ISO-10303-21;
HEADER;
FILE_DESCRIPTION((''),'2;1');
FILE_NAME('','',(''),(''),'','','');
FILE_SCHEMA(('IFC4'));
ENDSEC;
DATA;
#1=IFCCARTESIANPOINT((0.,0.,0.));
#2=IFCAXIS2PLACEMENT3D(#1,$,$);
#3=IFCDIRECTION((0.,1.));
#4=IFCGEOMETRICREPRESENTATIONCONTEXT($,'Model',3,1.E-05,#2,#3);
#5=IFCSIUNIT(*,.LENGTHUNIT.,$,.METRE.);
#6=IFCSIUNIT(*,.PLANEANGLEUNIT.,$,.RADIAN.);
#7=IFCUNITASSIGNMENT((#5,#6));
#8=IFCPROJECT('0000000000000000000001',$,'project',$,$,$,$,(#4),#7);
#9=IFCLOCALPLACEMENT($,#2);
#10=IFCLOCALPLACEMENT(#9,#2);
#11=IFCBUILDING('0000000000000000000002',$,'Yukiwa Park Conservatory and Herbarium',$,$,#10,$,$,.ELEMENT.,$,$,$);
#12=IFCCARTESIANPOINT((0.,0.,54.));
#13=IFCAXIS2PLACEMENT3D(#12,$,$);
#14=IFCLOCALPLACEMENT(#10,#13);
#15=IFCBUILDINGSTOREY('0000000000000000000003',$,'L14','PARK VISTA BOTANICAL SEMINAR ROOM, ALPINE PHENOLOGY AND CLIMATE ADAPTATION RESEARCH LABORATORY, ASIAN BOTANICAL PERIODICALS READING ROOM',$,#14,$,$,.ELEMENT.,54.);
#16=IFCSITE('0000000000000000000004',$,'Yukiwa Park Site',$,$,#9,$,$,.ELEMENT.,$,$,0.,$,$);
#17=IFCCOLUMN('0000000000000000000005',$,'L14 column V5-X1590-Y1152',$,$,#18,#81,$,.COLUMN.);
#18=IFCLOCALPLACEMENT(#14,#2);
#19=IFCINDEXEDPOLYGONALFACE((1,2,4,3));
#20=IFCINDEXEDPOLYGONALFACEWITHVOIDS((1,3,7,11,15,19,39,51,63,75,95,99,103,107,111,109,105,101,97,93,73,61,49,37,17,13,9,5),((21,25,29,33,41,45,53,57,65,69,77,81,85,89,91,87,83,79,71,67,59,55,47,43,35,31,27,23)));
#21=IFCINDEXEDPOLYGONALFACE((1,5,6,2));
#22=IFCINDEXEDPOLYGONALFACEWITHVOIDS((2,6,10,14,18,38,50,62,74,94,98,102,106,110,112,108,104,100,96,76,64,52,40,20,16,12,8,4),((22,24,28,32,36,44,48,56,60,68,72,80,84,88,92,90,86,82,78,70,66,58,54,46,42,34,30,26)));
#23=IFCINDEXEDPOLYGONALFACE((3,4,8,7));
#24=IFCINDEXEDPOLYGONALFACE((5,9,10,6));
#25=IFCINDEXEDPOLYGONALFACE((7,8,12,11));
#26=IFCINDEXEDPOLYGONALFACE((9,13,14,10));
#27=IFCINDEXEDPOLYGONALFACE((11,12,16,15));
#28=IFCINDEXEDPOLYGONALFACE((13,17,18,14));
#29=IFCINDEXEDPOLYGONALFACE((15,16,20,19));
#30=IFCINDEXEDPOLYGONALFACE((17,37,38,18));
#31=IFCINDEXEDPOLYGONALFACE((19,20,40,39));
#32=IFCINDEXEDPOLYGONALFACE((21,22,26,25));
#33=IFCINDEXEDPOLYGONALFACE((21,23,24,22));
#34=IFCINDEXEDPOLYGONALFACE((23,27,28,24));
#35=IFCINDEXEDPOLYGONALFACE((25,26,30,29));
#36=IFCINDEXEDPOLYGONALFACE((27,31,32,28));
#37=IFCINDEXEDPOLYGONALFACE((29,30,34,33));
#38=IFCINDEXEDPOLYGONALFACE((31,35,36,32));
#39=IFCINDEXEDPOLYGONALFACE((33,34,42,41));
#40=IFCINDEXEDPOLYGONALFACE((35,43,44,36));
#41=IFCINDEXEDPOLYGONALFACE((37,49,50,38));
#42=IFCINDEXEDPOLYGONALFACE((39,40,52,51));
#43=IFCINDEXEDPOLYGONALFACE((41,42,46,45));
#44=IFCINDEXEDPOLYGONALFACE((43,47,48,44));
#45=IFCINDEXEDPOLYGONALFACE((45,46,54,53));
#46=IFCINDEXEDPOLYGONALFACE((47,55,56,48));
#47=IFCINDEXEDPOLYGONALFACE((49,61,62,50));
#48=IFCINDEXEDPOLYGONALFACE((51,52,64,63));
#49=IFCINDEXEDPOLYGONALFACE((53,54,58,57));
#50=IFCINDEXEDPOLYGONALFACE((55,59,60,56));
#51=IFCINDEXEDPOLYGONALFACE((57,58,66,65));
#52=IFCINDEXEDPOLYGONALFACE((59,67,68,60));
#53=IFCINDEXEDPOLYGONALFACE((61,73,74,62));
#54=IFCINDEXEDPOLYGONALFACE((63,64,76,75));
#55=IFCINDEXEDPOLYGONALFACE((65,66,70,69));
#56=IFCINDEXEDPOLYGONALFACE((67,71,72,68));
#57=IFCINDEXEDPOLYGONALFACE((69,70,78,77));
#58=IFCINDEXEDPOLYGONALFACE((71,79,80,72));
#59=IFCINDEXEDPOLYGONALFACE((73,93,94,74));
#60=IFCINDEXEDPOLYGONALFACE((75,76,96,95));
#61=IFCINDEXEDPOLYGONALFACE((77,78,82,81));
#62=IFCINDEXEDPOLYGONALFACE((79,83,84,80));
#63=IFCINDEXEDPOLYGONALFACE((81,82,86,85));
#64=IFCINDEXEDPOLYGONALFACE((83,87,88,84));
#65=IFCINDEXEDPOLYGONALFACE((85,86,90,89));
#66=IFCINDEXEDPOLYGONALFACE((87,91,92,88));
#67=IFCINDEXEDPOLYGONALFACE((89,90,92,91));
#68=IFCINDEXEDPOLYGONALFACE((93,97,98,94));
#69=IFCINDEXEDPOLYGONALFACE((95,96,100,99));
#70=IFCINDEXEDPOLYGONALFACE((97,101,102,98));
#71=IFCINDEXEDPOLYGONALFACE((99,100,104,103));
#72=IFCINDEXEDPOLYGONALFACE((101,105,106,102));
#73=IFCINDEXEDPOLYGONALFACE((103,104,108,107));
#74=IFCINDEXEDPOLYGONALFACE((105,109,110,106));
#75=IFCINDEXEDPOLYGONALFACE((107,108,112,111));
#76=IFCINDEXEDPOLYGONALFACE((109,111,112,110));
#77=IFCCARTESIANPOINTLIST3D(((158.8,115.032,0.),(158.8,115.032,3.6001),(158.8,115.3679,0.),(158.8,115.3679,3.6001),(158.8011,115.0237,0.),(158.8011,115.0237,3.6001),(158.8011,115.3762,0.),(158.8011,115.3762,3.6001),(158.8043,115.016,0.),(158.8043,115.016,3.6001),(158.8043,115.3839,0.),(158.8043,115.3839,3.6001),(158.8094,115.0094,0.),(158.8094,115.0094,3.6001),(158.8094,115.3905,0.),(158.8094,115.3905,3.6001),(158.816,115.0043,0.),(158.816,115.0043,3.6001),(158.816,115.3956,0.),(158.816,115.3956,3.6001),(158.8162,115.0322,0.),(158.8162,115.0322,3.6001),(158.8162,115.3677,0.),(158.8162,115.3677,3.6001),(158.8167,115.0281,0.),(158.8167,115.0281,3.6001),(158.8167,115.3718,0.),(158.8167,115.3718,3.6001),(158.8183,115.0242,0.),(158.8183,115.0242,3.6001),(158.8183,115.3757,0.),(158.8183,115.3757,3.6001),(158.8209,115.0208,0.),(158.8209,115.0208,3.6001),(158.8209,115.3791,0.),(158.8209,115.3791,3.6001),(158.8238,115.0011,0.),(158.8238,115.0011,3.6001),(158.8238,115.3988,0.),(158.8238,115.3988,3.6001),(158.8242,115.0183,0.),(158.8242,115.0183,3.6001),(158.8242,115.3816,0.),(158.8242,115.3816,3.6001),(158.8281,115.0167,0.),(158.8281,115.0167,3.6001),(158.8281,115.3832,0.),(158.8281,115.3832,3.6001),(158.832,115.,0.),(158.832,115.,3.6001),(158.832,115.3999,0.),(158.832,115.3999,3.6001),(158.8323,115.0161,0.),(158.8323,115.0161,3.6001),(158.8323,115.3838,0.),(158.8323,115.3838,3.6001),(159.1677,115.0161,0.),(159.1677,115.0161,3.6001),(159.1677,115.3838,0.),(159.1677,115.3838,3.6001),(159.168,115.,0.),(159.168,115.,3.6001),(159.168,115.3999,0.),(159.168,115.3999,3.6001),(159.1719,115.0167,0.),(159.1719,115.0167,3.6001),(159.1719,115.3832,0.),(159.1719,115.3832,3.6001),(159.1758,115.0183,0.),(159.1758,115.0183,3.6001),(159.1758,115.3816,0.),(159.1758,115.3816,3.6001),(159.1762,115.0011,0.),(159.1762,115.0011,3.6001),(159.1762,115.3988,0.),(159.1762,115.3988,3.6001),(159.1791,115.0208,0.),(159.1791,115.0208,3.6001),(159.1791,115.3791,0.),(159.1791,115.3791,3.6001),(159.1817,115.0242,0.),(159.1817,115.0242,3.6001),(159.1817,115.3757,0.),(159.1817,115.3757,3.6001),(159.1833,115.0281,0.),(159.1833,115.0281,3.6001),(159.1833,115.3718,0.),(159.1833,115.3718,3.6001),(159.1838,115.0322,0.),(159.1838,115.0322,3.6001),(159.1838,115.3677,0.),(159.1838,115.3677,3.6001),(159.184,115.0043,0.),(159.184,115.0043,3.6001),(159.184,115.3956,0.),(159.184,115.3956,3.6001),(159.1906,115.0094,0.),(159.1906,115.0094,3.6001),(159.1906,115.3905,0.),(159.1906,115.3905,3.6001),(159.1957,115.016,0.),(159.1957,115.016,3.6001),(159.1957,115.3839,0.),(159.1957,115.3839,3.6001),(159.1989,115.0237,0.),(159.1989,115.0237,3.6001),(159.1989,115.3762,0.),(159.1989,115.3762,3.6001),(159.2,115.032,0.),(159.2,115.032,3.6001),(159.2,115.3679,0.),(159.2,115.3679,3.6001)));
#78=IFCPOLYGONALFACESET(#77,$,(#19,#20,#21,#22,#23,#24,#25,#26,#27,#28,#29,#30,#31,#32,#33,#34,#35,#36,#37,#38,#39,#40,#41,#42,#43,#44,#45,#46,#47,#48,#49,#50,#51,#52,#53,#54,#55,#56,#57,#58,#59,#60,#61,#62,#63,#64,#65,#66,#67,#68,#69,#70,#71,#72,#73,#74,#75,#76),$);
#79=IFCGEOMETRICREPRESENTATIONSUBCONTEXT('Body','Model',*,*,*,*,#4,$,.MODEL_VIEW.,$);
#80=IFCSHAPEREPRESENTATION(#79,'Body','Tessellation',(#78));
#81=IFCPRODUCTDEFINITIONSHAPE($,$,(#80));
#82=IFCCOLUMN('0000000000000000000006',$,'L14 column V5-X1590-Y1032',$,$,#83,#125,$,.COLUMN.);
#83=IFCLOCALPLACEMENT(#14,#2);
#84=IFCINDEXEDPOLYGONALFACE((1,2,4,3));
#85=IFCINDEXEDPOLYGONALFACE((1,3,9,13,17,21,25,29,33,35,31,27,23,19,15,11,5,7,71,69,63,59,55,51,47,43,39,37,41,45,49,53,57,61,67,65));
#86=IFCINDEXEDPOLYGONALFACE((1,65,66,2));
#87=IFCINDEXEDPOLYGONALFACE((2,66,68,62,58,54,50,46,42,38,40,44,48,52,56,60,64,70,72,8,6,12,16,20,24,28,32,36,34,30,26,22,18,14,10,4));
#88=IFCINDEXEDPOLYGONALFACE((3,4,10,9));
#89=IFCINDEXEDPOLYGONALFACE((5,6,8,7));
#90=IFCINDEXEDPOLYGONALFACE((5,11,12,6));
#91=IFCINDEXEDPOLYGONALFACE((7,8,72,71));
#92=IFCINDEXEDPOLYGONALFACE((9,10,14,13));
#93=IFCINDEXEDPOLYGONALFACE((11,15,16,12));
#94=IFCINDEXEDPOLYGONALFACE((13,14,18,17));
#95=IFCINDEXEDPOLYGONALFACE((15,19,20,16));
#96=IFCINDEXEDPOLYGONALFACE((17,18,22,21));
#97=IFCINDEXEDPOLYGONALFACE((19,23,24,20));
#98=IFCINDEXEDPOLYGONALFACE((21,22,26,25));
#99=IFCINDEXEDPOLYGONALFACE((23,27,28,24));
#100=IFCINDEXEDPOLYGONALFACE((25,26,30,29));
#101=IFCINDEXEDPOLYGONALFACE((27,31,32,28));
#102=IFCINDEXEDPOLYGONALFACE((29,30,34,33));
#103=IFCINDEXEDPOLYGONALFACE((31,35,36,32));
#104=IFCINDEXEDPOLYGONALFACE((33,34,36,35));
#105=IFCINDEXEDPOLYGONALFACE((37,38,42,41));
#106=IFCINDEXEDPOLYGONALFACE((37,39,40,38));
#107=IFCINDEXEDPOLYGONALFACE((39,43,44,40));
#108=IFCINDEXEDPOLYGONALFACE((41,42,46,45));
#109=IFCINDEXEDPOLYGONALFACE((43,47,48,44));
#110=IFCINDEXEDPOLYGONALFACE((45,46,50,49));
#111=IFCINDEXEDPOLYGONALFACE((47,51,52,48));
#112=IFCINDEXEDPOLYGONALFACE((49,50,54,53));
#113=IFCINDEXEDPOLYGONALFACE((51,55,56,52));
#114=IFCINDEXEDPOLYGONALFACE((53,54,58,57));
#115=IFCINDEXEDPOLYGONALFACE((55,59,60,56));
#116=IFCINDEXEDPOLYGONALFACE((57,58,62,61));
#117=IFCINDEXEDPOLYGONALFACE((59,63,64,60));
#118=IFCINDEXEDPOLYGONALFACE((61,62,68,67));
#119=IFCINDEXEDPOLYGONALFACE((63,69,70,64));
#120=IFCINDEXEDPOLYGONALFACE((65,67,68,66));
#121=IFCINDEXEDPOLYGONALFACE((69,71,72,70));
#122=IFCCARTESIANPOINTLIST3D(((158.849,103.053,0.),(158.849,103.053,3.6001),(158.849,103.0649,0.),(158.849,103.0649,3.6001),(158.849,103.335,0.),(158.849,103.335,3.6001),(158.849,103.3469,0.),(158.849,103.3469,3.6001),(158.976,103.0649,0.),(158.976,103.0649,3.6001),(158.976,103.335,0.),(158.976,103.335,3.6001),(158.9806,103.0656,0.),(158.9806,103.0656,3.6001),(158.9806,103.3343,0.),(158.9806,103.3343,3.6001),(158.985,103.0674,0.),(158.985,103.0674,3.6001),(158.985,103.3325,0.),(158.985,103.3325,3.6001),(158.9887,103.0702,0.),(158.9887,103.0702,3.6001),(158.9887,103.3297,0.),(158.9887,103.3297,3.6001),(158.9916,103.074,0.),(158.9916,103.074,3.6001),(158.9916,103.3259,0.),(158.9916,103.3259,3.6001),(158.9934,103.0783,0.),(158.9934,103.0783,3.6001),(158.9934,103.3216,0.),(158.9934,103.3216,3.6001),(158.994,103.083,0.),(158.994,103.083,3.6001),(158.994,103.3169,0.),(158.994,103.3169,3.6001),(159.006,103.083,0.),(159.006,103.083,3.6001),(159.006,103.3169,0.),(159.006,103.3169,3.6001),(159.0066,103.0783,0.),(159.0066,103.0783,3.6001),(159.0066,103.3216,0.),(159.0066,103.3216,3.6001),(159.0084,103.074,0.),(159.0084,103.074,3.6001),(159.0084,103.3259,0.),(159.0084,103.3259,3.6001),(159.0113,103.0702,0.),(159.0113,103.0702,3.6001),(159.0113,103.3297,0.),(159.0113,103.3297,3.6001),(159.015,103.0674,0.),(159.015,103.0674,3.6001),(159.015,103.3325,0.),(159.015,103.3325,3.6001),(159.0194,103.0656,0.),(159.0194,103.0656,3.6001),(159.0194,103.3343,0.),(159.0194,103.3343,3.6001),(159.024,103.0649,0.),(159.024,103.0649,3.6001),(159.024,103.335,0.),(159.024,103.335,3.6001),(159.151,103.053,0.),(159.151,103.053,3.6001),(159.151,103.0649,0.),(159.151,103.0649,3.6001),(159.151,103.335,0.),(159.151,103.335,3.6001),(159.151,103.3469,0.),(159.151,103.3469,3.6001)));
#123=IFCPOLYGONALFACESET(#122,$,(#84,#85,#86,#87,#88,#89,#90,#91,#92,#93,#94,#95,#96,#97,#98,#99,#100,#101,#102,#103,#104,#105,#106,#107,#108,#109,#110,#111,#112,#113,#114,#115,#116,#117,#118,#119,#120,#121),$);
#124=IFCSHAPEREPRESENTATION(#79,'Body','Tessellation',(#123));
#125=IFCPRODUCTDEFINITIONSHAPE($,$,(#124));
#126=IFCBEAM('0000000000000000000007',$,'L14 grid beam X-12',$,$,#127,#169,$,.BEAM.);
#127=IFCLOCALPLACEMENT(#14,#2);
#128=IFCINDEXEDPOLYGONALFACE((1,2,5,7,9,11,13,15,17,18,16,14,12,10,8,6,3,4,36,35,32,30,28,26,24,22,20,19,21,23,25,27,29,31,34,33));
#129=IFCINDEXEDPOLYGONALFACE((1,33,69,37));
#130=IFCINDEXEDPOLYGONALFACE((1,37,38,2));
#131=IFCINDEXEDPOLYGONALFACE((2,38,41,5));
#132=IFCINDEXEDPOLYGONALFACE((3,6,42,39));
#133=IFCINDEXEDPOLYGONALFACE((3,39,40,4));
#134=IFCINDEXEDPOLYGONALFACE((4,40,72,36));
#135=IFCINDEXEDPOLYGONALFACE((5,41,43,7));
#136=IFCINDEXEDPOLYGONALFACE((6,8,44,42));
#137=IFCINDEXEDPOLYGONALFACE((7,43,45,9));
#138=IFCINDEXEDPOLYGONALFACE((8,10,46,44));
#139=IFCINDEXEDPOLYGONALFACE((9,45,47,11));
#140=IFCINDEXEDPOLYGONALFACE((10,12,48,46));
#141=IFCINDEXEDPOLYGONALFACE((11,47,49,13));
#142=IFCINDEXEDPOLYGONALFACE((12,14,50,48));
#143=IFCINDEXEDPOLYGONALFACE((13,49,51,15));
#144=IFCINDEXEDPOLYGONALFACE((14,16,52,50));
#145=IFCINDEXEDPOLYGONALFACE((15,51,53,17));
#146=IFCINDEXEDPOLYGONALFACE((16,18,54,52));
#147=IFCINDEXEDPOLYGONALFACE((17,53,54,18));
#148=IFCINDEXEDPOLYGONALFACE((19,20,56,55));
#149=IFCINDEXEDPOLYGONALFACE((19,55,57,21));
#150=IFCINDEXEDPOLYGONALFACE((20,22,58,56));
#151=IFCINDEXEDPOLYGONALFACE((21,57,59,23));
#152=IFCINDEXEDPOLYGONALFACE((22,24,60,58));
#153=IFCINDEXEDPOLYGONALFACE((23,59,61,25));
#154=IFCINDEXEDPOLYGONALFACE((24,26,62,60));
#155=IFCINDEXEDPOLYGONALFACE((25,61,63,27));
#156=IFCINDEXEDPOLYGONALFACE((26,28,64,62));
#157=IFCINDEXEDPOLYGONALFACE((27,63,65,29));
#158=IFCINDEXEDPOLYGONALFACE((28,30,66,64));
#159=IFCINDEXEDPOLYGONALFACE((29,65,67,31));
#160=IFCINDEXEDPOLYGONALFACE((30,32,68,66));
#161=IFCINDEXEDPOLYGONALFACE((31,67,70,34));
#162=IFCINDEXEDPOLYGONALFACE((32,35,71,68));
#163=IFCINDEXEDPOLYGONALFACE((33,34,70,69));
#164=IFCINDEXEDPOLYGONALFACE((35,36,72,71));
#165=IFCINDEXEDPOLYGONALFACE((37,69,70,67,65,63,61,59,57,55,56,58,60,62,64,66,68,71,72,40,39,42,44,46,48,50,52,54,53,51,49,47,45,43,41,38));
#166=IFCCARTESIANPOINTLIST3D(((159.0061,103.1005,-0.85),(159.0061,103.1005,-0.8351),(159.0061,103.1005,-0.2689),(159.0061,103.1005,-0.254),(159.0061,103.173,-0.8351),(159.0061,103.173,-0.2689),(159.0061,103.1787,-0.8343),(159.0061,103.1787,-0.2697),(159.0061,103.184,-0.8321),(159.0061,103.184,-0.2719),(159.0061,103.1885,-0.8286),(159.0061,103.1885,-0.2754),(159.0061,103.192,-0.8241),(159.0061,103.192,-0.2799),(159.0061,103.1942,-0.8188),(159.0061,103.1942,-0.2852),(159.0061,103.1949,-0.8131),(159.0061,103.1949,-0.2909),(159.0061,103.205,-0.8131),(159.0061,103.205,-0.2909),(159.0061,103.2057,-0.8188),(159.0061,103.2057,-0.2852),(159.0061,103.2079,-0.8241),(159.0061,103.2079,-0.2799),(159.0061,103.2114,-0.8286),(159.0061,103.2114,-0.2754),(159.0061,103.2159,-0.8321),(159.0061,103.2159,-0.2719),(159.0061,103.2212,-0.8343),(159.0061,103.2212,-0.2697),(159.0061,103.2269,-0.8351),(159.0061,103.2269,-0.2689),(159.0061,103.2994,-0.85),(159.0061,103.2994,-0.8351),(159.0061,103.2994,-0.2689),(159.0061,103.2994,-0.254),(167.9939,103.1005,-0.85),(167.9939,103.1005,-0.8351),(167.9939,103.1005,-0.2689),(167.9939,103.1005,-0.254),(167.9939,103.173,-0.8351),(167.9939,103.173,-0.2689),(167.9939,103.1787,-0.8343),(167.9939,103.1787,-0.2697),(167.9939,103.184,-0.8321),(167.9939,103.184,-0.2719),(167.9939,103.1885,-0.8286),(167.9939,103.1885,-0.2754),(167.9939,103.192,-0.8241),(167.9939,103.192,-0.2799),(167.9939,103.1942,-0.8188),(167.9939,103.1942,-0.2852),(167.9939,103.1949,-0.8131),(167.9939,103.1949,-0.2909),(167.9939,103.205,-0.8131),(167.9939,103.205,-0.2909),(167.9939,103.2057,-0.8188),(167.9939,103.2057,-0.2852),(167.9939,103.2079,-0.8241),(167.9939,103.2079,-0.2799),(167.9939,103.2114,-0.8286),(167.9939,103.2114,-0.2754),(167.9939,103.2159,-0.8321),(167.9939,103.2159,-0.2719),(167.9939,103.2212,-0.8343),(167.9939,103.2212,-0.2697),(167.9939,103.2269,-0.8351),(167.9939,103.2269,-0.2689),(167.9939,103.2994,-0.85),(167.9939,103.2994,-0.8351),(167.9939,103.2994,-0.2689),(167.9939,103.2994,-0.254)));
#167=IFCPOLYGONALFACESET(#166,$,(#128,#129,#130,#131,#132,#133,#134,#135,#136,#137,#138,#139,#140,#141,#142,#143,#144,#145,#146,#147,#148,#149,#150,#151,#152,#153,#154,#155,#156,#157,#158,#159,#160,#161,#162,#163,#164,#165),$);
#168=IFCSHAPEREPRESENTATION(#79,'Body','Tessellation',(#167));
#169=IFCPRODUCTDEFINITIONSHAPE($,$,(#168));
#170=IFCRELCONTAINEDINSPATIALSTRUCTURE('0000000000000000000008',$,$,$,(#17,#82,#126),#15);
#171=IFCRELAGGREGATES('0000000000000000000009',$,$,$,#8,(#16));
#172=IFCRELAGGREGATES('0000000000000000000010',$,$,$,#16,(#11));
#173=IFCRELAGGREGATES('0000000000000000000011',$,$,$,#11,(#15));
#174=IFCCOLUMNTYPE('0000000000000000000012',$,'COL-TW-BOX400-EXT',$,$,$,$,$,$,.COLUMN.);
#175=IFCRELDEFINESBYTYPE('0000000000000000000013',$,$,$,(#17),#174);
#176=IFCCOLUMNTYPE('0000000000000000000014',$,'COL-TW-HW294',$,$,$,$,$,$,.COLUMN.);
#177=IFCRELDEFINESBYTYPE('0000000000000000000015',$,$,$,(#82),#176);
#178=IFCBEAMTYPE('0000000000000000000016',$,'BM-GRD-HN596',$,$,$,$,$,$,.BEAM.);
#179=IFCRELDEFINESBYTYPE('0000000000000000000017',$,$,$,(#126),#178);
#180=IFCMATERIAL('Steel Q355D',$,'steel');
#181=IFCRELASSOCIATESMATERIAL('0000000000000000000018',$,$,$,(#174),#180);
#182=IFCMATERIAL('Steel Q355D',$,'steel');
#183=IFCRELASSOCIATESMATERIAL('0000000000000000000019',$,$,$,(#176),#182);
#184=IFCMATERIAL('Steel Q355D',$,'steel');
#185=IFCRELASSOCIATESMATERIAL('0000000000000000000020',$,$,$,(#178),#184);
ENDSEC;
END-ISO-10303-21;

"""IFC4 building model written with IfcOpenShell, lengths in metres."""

from ifc_helpers import new_model, si_unit, direction, frame, origin, origin_2d, place, context, subcontext, project, spatial, hollow_rectangle, i_section, extrude, material, material_profile, profile_set, type_object, element, save


model = new_model("IFC4")

# Units and contexts
model_context = context("Model", 3, precision=1e-05, world=origin(), true_north=direction((0.0, 1.0)))
body_context = subcontext(model_context, "Body", "Model", "MODEL_VIEW")
ifc_project = project(units=[si_unit("LENGTHUNIT", "METRE"), si_unit("PLANEANGLEUNIT", "RADIAN")], contexts=[model_context])

# Site, building, storey
site_placement = place(None, origin())
site = spatial("IfcSite", under=ifc_project, at=site_placement, Name="Yukiwa Park Site", CompositionType="ELEMENT", RefElevation=0.0)
building_placement = place(site_placement, origin())
building = spatial("IfcBuilding", under=site, at=building_placement, Name="Yukiwa Park Conservatory and Herbarium", CompositionType="ELEMENT")
storey_placement = place(building_placement, frame((0.0, 0.0, 54.0)))
storey = spatial("IfcBuildingStorey", under=building, at=storey_placement, Name="L14", Description="PARK VISTA BOTANICAL SEMINAR ROOM, ALPINE PHENOLOGY AND CLIMATE ADAPTATION RESEARCH LABORATORY, ASIAN BOTANICAL PERIODICALS READING ROOM", CompositionType="ELEMENT", Elevation=54.0)

# Columns
ifc_material_1 = material(Name="Steel Q355D", Category="steel")
ifc_material_profile_1 = material_profile(ifc_material_1, hollow_rectangle(XDim=0.3999, YDim=0.3999, WallThickness=0.0161, InnerFilletRadius=0.0161, OuterFilletRadius=0.032, at=origin_2d()), Name="BOX 400x400x16")
ifc_profile_set_1 = profile_set([ifc_material_profile_1], Name="Steel Q355D")
column_type_1 = type_object("IfcColumnType", Name="COL-TW-BOX400-EXT", PredefinedType="COLUMN", material=ifc_profile_set_1)
column_1_placement = place(storey_placement, frame((159.0, 115.2, 0.0), z_axis=(0.0, 0.0, 1.0), x_axis=(1.0, 0.0, 0.0)))
element("IfcColumn", 1, at=column_1_placement, inside=storey, type_object=column_type_1, Name="L14 column V5-X1590-Y1152", PredefinedType="COLUMN", context=body_context, shape_type="SweptSolid", body=[
    extrude(hollow_rectangle(XDim=0.3999, YDim=0.3999, WallThickness=0.0161, InnerFilletRadius=0.0161, OuterFilletRadius=0.032, at=origin_2d()), origin(), (0.0, 0.0, 1.0), 3.6001),
])
ifc_material_2 = material(Name="Steel Q355D", Category="steel")
ifc_material_profile_2 = material_profile(ifc_material_2, i_section(OverallWidth=0.302, OverallDepth=0.2939, WebThickness=0.012, FlangeThickness=0.012, FilletRadius=0.0181, at=origin_2d()), Name="HW 294x302x12x12")
ifc_profile_set_2 = profile_set([ifc_material_profile_2], Name="Steel Q355D")
column_type_2 = type_object("IfcColumnType", Name="COL-TW-HW294", PredefinedType="COLUMN", material=ifc_profile_set_2)
column_2_placement = place(storey_placement, frame((159.0, 103.2, 0.0), z_axis=(0.0, 0.0, 1.0), x_axis=(1.0, 0.0, 0.0)))
element("IfcColumn", 2, at=column_2_placement, inside=storey, type_object=column_type_2, Name="L14 column V5-X1590-Y1032", PredefinedType="COLUMN", context=body_context, shape_type="SweptSolid", body=[
    extrude(i_section(OverallWidth=0.302, OverallDepth=0.2939, WebThickness=0.012, FlangeThickness=0.012, FilletRadius=0.0181, at=origin_2d()), origin(), (0.0, 0.0, 1.0), 3.6001),
])

# Beam
ifc_material_3 = material(Name="Steel Q355D", Category="steel")
ifc_material_profile_3 = material_profile(ifc_material_3, i_section(OverallWidth=0.199, OverallDepth=0.5959, WebThickness=0.01, FlangeThickness=0.0149, FilletRadius=0.022, at=origin_2d()), Name="HN 596x199x10x15")
ifc_profile_set_3 = profile_set([ifc_material_profile_3], Name="Steel Q355D")
beam_type_1 = type_object("IfcBeamType", Name="BM-GRD-HN596", PredefinedType="BEAM", material=ifc_profile_set_3)
beam_1_placement = place(storey_placement, frame((159.0061, 103.2, -0.552), z_axis=(1.0, 0.0, 0.0), x_axis=(0.0, 1.0, 0.0)))
element("IfcBeam", 3, at=beam_1_placement, inside=storey, type_object=beam_type_1, Name="L14 grid beam X-12", PredefinedType="BEAM", context=body_context, shape_type="SweptSolid", body=[
    extrude(i_section(OverallWidth=0.199, OverallDepth=0.5959, WebThickness=0.01, FlangeThickness=0.0149, FilletRadius=0.022, at=origin_2d()), origin(), (0.0, 0.0, 1.0), 8.9878),
])

save(model, "model.ifc")
